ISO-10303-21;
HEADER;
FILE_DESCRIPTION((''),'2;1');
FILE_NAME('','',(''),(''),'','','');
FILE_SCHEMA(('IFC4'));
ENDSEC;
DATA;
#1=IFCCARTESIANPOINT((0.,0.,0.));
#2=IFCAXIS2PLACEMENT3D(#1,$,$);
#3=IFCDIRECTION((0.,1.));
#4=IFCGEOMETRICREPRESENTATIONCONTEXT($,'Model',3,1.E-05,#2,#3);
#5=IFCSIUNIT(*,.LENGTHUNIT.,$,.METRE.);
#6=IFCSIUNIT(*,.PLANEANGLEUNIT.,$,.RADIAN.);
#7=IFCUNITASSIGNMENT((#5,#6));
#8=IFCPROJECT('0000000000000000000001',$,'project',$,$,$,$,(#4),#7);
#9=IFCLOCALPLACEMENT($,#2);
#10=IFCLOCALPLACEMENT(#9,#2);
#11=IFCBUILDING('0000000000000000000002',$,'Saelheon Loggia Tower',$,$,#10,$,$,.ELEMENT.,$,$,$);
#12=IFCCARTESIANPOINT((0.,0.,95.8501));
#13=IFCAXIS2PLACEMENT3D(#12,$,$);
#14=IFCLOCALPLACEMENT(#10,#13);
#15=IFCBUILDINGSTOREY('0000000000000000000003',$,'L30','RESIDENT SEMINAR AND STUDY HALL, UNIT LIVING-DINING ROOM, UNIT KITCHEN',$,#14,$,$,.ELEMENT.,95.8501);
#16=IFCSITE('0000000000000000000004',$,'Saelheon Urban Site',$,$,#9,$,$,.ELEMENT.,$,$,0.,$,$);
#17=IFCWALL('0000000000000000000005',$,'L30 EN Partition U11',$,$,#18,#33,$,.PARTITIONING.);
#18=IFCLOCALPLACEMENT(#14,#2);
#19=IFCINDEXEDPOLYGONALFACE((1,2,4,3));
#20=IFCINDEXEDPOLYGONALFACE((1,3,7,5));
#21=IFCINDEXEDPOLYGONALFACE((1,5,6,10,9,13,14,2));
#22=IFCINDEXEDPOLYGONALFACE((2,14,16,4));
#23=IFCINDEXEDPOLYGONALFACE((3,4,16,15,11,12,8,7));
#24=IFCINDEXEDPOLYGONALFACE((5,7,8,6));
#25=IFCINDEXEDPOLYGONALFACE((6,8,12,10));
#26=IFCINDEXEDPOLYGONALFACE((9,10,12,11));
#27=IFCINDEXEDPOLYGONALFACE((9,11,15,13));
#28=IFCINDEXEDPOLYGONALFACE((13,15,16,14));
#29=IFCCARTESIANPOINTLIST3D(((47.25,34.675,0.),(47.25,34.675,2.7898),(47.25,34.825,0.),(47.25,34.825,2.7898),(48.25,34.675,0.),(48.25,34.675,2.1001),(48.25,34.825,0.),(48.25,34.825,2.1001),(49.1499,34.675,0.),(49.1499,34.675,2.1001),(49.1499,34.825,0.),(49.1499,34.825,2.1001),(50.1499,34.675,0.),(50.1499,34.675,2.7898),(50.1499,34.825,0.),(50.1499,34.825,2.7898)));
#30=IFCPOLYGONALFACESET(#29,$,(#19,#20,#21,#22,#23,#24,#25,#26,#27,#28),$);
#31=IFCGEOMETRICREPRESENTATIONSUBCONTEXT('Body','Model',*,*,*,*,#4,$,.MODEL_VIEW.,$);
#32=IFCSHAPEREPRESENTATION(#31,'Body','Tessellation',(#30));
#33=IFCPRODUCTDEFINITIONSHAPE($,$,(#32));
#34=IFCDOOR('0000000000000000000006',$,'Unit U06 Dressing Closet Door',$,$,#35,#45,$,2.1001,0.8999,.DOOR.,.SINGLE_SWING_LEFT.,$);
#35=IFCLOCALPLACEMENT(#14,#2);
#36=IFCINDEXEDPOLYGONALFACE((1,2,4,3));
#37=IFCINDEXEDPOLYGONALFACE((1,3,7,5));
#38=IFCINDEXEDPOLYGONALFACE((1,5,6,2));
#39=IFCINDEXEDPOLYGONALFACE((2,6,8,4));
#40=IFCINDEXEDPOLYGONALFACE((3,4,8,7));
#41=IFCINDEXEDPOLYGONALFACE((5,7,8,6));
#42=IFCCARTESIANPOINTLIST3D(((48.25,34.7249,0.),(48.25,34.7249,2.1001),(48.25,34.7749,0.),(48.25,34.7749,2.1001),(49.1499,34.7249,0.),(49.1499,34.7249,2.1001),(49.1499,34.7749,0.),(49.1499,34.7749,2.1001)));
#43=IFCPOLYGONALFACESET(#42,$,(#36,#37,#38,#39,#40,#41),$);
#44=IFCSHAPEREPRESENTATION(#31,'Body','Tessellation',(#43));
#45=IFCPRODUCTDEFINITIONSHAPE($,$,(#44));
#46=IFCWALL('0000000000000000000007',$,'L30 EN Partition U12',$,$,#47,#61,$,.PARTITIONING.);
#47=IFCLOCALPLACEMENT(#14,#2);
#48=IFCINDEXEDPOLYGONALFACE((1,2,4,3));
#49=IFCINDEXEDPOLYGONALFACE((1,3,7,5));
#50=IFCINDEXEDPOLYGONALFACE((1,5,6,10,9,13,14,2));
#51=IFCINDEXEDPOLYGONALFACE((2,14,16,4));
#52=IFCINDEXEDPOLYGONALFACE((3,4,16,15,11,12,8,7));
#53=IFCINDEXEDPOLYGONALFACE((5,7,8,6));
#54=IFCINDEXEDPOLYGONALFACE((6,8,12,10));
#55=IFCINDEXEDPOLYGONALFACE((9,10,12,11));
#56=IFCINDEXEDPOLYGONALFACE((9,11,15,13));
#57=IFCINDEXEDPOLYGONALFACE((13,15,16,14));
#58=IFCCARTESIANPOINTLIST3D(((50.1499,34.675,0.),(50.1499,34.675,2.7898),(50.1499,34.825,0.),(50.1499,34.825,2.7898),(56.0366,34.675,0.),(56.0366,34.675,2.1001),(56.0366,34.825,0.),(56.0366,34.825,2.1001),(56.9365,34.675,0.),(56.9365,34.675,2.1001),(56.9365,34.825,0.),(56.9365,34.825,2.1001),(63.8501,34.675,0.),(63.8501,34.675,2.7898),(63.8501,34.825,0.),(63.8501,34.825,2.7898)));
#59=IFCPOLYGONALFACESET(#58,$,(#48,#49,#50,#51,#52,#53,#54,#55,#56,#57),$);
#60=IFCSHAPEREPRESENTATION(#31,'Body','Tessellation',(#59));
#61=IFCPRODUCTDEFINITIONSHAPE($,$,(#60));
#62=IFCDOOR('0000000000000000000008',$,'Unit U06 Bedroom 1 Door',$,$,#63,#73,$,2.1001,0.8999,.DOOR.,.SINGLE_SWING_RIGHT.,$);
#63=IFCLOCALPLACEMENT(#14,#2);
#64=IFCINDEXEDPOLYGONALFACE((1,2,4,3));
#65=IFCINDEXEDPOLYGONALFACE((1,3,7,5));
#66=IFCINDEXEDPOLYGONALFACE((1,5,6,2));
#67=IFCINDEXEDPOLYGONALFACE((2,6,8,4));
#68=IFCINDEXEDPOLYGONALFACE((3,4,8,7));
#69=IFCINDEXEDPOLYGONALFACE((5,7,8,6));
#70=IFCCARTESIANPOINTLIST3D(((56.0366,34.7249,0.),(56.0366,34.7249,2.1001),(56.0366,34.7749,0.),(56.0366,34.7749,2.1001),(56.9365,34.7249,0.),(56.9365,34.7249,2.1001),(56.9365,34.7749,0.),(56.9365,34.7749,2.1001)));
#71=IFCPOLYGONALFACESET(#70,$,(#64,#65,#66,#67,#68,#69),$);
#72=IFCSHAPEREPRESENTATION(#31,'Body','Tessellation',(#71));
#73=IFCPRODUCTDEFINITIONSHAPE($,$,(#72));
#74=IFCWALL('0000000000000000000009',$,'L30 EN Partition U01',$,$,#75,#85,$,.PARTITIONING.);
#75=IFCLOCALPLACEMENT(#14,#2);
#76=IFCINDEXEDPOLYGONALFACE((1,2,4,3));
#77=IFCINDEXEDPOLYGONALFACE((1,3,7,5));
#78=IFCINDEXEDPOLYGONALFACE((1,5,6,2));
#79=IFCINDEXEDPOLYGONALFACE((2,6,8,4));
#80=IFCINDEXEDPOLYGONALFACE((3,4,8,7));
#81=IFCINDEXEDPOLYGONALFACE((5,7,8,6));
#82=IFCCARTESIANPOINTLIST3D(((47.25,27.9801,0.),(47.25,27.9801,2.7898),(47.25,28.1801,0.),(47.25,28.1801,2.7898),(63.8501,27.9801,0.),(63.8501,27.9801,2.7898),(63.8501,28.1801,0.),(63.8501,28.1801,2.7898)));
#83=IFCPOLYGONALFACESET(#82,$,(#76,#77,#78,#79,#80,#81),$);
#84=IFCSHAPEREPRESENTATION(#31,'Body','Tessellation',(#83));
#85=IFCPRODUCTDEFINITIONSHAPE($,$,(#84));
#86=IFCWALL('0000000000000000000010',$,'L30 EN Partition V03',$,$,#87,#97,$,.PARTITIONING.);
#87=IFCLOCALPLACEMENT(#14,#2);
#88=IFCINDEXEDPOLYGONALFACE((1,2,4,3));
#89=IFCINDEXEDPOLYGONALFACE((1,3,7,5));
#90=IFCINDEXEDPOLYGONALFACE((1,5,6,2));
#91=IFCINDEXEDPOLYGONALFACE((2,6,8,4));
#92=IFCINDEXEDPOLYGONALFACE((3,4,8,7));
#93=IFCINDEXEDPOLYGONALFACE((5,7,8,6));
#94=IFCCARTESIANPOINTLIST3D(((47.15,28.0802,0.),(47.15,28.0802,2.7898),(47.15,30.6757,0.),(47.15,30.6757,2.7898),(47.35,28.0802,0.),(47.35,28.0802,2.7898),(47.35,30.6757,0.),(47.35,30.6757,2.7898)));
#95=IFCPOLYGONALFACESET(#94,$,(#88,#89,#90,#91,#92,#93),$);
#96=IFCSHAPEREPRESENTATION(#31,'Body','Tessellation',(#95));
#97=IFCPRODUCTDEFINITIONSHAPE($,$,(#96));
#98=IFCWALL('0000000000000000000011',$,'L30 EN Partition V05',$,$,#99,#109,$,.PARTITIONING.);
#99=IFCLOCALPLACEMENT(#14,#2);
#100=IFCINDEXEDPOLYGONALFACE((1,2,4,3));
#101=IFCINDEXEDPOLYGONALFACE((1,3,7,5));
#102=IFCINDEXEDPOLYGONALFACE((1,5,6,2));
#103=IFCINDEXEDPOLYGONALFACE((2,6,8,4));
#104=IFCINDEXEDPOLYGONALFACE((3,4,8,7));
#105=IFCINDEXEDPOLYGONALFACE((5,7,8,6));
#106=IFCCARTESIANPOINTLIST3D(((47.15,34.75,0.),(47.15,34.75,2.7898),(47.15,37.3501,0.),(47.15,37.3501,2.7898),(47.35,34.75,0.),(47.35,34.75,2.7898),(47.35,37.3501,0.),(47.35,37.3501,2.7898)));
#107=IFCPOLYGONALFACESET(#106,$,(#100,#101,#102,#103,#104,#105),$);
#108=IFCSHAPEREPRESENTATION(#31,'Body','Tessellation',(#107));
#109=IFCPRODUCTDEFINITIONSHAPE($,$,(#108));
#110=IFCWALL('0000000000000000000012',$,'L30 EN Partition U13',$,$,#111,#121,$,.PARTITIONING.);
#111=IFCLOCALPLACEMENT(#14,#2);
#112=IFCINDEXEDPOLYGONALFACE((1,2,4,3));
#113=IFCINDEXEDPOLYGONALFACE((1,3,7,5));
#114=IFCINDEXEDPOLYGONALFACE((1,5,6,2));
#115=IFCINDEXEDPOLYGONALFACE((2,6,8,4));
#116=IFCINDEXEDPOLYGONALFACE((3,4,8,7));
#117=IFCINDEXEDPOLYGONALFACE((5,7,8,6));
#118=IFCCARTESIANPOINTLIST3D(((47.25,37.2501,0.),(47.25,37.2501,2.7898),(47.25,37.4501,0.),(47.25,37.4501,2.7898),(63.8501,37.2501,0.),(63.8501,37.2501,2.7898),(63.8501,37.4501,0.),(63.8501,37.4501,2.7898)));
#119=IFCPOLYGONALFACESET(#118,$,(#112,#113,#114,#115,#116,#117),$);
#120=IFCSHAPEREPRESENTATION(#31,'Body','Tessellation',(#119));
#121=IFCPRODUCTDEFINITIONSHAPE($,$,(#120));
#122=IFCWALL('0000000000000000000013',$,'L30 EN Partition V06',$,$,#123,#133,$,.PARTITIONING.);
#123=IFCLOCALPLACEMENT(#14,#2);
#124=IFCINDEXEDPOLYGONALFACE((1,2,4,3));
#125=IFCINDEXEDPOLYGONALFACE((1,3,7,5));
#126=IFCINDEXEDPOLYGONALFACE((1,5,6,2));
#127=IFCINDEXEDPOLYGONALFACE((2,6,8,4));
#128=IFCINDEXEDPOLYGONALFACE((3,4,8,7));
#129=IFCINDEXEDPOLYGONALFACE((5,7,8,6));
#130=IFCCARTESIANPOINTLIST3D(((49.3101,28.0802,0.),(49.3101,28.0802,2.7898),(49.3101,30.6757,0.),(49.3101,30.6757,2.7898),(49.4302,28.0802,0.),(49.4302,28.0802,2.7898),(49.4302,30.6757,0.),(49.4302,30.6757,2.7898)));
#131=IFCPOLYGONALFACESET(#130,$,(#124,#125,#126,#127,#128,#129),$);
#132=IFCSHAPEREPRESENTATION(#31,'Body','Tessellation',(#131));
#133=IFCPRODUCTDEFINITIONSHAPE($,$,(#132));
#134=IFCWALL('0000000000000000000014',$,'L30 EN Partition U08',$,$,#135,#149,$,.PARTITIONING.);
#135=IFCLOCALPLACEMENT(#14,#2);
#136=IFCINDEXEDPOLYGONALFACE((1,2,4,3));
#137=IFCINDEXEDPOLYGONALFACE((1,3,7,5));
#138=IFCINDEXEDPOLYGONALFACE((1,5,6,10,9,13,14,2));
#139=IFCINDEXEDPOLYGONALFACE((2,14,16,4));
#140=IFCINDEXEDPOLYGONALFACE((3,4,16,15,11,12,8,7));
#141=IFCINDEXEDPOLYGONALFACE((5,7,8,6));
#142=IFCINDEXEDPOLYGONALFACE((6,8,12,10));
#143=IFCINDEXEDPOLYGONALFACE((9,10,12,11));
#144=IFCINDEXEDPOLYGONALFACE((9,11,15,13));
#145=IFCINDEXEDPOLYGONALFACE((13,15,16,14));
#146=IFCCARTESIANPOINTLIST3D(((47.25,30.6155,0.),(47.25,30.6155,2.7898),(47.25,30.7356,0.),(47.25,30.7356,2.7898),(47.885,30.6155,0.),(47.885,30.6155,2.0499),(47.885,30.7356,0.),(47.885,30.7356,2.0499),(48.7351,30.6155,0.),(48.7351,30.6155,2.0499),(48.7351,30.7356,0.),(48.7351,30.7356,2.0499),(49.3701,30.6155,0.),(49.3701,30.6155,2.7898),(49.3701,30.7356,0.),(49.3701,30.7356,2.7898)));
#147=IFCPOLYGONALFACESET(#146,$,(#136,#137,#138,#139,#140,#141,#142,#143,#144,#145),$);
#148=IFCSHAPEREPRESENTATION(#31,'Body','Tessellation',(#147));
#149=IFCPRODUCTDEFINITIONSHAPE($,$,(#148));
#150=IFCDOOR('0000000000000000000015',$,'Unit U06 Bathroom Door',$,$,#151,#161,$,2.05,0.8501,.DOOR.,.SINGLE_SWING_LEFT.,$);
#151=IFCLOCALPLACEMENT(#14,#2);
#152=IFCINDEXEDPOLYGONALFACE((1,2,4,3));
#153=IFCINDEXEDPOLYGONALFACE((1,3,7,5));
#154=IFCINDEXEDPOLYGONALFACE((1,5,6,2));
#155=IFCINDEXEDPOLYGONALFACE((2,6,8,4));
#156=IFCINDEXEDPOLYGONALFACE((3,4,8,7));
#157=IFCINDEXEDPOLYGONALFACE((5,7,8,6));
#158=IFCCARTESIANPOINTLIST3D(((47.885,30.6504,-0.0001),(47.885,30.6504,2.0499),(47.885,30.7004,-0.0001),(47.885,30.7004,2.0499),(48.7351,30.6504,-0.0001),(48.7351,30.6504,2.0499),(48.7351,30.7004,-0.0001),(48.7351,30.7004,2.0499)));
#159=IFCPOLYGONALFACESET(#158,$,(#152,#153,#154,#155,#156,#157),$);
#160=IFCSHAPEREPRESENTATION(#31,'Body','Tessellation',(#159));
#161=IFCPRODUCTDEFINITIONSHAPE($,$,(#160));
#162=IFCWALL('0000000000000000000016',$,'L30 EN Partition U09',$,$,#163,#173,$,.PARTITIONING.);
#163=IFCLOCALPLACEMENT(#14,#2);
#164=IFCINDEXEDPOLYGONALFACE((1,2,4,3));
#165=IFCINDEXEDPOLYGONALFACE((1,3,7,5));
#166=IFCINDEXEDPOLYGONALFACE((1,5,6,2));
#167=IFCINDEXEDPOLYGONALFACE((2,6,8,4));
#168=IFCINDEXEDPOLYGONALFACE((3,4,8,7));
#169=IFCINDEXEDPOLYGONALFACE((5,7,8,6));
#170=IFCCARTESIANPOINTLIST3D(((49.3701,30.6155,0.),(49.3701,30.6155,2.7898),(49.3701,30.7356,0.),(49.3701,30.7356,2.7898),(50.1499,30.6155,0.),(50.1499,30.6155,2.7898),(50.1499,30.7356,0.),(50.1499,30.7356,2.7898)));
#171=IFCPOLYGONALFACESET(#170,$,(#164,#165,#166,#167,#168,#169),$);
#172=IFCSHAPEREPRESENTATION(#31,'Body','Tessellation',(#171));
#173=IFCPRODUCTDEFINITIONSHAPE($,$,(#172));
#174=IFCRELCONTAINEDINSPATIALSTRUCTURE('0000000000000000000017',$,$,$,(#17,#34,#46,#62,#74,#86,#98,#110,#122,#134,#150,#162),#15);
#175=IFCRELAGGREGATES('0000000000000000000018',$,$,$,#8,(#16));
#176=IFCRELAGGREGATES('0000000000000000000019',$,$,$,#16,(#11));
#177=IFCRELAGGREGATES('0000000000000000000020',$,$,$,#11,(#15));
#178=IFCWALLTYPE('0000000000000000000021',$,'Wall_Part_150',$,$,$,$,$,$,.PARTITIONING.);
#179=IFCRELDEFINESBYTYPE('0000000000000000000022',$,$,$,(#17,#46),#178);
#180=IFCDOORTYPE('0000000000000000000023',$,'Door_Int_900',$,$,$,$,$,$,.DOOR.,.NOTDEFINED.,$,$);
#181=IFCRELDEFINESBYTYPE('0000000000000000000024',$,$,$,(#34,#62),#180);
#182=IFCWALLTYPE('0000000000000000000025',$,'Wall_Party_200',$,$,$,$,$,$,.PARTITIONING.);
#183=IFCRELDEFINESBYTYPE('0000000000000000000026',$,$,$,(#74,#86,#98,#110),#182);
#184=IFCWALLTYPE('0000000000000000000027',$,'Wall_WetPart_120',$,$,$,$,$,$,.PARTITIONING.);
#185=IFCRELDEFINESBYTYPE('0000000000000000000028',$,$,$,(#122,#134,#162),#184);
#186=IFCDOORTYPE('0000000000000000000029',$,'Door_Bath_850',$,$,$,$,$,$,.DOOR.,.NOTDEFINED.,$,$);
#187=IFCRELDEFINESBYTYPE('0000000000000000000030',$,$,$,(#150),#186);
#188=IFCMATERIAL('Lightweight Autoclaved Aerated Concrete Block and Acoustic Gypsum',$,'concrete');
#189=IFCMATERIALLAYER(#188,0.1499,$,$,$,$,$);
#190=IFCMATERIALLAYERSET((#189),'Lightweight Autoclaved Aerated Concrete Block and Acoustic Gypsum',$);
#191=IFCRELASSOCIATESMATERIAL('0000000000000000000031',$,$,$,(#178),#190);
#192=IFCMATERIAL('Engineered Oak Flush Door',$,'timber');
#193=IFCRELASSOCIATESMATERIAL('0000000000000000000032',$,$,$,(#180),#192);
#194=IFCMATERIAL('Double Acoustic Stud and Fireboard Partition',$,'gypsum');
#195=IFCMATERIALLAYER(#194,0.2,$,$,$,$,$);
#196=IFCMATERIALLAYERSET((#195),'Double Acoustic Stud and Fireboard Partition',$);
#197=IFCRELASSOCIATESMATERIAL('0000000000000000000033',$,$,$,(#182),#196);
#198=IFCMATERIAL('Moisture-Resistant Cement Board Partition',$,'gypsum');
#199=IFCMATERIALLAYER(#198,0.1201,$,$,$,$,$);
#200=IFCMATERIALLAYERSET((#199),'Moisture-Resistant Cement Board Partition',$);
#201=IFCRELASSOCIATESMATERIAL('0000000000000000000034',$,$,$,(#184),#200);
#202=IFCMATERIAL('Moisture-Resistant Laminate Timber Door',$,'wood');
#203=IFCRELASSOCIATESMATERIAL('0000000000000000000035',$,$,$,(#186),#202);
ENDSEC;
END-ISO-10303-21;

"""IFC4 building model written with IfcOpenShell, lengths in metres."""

from ifc_helpers import new_model, si_unit, direction, frame, frame_2d, origin, place, context, subcontext, project, spatial, rectangle, extrude, source, transform, mapped, material, layer, layer_set, type_object, element, fill, save


model = new_model("IFC4")

# Units and contexts
model_context = context("Model", 3, precision=1e-05, world=origin(), true_north=direction((0.0, 1.0)))
body_context = subcontext(model_context, "Body", "Model", "MODEL_VIEW")
ifc_project = project(units=[si_unit("LENGTHUNIT", "METRE"), si_unit("PLANEANGLEUNIT", "RADIAN")], contexts=[model_context])

# Site, building, storey
site_placement = place(None, origin())
site = spatial("IfcSite", under=ifc_project, at=site_placement, Name="Saelheon Urban Site", CompositionType="ELEMENT", RefElevation=0.0)
building_placement = place(site_placement, origin())
building = spatial("IfcBuilding", under=site, at=building_placement, Name="Saelheon Loggia Tower", CompositionType="ELEMENT")
storey_placement = place(building_placement, frame((0.0, 0.0, 95.8501)))
storey = spatial("IfcBuildingStorey", under=building, at=storey_placement, Name="L30", Description="RESIDENT SEMINAR AND STUDY HALL, UNIT LIVING-DINING ROOM, UNIT KITCHEN", CompositionType="ELEMENT", Elevation=95.8501)

# Shared definitions
ifc_material_1 = material(Name="Lightweight Autoclaved Aerated Concrete Block and Acoustic Gypsum", Category="concrete")
ifc_layer_1 = layer(ifc_material_1, 0.1499)
ifc_layer_set_1 = layer_set([ifc_layer_1], Name="Lightweight Autoclaved Aerated Concrete Block and Acoustic Gypsum")
wall_type_1 = type_object("IfcWallType", Name="Wall_Part_150", PredefinedType="PARTITIONING", material=ifc_layer_set_1)

# Walls, openings, doors
ifc_material_2 = material(Name="Engineered Oak Flush Door", Category="timber")
door_type_1 = type_object("IfcDoorType", Name="Door_Int_900", OperationType="NOTDEFINED", PredefinedType="DOOR", material=ifc_material_2)
shared_shape_1 = source(origin(), body_context, "Body", "SweptSolid", [
    extrude(rectangle(XDim=0.8999, YDim=2.1001, at=frame_2d((0.45, 1.05))), frame((0.0, 0.0249, 0.0), z_axis=(0.0, -1.0, 0.0), x_axis=(1.0, 0.0, 0.0)), (0.0, 0.0, 1.0), 0.05),
])
wall_1_placement = place(storey_placement, frame((47.25, 34.75, 0.0), z_axis=(0.0, 0.0, 1.0), x_axis=(1.0, 0.0, 0.0)))
wall_1 = element("IfcWall", 1, at=wall_1_placement, inside=storey, type_object=wall_type_1, Name="L30 EN Partition U11", PredefinedType="PARTITIONING", context=body_context, shape_type="SweptSolid", body=[
    extrude(rectangle(XDim=2.8999, YDim=0.1499, at=frame_2d((1.45, 0.0))), origin(), (0.0, 0.0, 1.0), 2.7898),
])
opening_1_placement = place(wall_1_placement, frame((1.0, 0.0, 0.0)))
opening_1 = element("IfcOpeningElement", 2, at=opening_1_placement, cuts=wall_1, PredefinedType="OPENING", context=body_context, shape_type="SweptSolid", body=[
    extrude(rectangle(XDim=0.8999, YDim=2.1001, at=frame_2d((0.45, 1.05))), frame((0.0, 0.0869, 0.0), z_axis=(0.0, -1.0, 0.0), x_axis=(1.0, 0.0, 0.0)), (0.0, 0.0, 1.0), 0.1738),
])
door_1_placement = place(opening_1_placement, origin())
door_1 = element("IfcDoor", 3, at=door_1_placement, inside=storey, type_object=door_type_1, Name="Unit U06 Dressing Closet Door", OperationType="SINGLE_SWING_LEFT", OverallHeight=2.1001, OverallWidth=0.8999, PredefinedType="DOOR", context=body_context, shape_type="MappedRepresentation", body=[
    mapped(shared_shape_1, transform((0.0, 0.0, 0.0), scale=1.0)),
])
fill(opening_1, door_1)
wall_2_placement = place(storey_placement, frame((50.1499, 34.75, 0.0), z_axis=(0.0, 0.0, 1.0), x_axis=(1.0, 0.0, 0.0)))
wall_2 = element("IfcWall", 4, at=wall_2_placement, inside=storey, type_object=wall_type_1, Name="L30 EN Partition U12", PredefinedType="PARTITIONING", context=body_context, shape_type="SweptSolid", body=[
    extrude(rectangle(XDim=13.7002, YDim=0.1499, at=frame_2d((6.8501, 0.0))), origin(), (0.0, 0.0, 1.0), 2.7898),
])
opening_2_placement = place(wall_2_placement, frame((5.8867, 0.0, 0.0)))
opening_2 = element("IfcOpeningElement", 5, at=opening_2_placement, cuts=wall_2, PredefinedType="OPENING", context=body_context, shape_type="SweptSolid", body=[
    extrude(rectangle(XDim=0.8999, YDim=2.1001, at=frame_2d((0.45, 1.05))), frame((0.0, 0.0869, 0.0), z_axis=(0.0, -1.0, 0.0), x_axis=(1.0, 0.0, 0.0)), (0.0, 0.0, 1.0), 0.1738),
])
door_2_placement = place(opening_2_placement, origin())
door_2 = element("IfcDoor", 6, at=door_2_placement, inside=storey, type_object=door_type_1, Name="Unit U06 Bedroom 1 Door", OperationType="SINGLE_SWING_RIGHT", OverallHeight=2.1001, OverallWidth=0.8999, PredefinedType="DOOR", context=body_context, shape_type="MappedRepresentation", body=[
    mapped(shared_shape_1, transform((0.0, 0.0, 0.0), scale=1.0)),
])
fill(opening_2, door_2)

# Walls
ifc_material_3 = material(Name="Double Acoustic Stud and Fireboard Partition", Category="gypsum")
ifc_layer_2 = layer(ifc_material_3, 0.2)
ifc_layer_set_2 = layer_set([ifc_layer_2], Name="Double Acoustic Stud and Fireboard Partition")
wall_type_2 = type_object("IfcWallType", Name="Wall_Party_200", PredefinedType="PARTITIONING", material=ifc_layer_set_2)
wall_3_placement = place(storey_placement, frame((47.25, 28.0801, 0.0), z_axis=(0.0, 0.0, 1.0), x_axis=(1.0, 0.0, 0.0)))
element("IfcWall", 7, at=wall_3_placement, inside=storey, type_object=wall_type_2, Name="L30 EN Partition U01", PredefinedType="PARTITIONING", context=body_context, shape_type="SweptSolid", body=[
    extrude(rectangle(XDim=16.6001, YDim=0.2, at=frame_2d((8.3, 0.0))), origin(), (0.0, 0.0, 1.0), 2.7898),
])
wall_4_placement = place(storey_placement, frame((47.25, 28.0801, 0.0), z_axis=(0.0, 0.0, 1.0), x_axis=(0.0, 1.0, 0.0)))
element("IfcWall", 8, at=wall_4_placement, inside=storey, type_object=wall_type_2, Name="L30 EN Partition V03", PredefinedType="PARTITIONING", context=body_context, shape_type="SweptSolid", body=[
    extrude(rectangle(XDim=2.5955, YDim=0.2, at=frame_2d((1.2979, 0.0))), origin(), (0.0, 0.0, 1.0), 2.7898),
])

# Walls
wall_5_placement = place(storey_placement, frame((47.25, 34.75, 0.0), z_axis=(0.0, 0.0, 1.0), x_axis=(0.0, 1.0, 0.0)))
element("IfcWall", 9, at=wall_5_placement, inside=storey, type_object=wall_type_2, Name="L30 EN Partition V05", PredefinedType="PARTITIONING", context=body_context, shape_type="SweptSolid", body=[
    extrude(rectangle(XDim=2.6001, YDim=0.2, at=frame_2d((1.3, 0.0))), origin(), (0.0, 0.0, 1.0), 2.7898),
])
wall_6_placement = place(storey_placement, frame((47.25, 37.3501, 0.0), z_axis=(0.0, 0.0, 1.0), x_axis=(1.0, 0.0, 0.0)))
element("IfcWall", 10, at=wall_6_placement, inside=storey, type_object=wall_type_2, Name="L30 EN Partition U13", PredefinedType="PARTITIONING", context=body_context, shape_type="SweptSolid", body=[
    extrude(rectangle(XDim=16.6001, YDim=0.2, at=frame_2d((8.3, 0.0))), origin(), (0.0, 0.0, 1.0), 2.7898),
])
ifc_material_4 = material(Name="Moisture-Resistant Cement Board Partition", Category="gypsum")
ifc_layer_3 = layer(ifc_material_4, 0.1201)
ifc_layer_set_3 = layer_set([ifc_layer_3], Name="Moisture-Resistant Cement Board Partition")
wall_type_3 = type_object("IfcWallType", Name="Wall_WetPart_120", PredefinedType="PARTITIONING", material=ifc_layer_set_3)
wall_7_placement = place(storey_placement, frame((49.3701, 28.0801, 0.0), z_axis=(0.0, 0.0, 1.0), x_axis=(0.0, 1.0, 0.0)))
element("IfcWall", 11, at=wall_7_placement, inside=storey, type_object=wall_type_3, Name="L30 EN Partition V06", PredefinedType="PARTITIONING", context=body_context, shape_type="SweptSolid", body=[
    extrude(rectangle(XDim=2.5955, YDim=0.1201, at=frame_2d((1.2979, 0.0))), origin(), (0.0, 0.0, 1.0), 2.7898),
])

# Wall, opening, door
wall_8_placement = place(storey_placement, frame((47.25, 30.6755, 0.0), z_axis=(0.0, 0.0, 1.0), x_axis=(1.0, 0.0, 0.0)))
wall_8 = element("IfcWall", 12, at=wall_8_placement, inside=storey, type_object=wall_type_3, Name="L30 EN Partition U08", PredefinedType="PARTITIONING", context=body_context, shape_type="SweptSolid", body=[
    extrude(rectangle(XDim=2.1201, YDim=0.1201, at=frame_2d((1.0601, 0.0))), origin(), (0.0, 0.0, 1.0), 2.7898),
])
opening_3_placement = place(wall_8_placement, frame((0.635, 0.0, 0.0)))
opening_3 = element("IfcOpeningElement", 13, at=opening_3_placement, cuts=wall_8, PredefinedType="OPENING", context=body_context, shape_type="SweptSolid", body=[
    extrude(rectangle(XDim=0.8501, YDim=2.05, at=frame_2d((0.425, 1.0249))), frame((0.0, 0.072, 0.0), z_axis=(0.0, -1.0, 0.0), x_axis=(1.0, 0.0, 0.0)), (0.0, 0.0, 1.0), 0.144),
])
ifc_material_5 = material(Name="Moisture-Resistant Laminate Timber Door", Category="wood")
door_type_2 = type_object("IfcDoorType", Name="Door_Bath_850", OperationType="NOTDEFINED", PredefinedType="DOOR", material=ifc_material_5)
shared_shape_2 = source(origin(), body_context, "Body", "SweptSolid", [
    extrude(rectangle(XDim=0.8501, YDim=2.05, at=frame_2d((0.425, 1.0249))), frame((0.0, 0.0249, 0.0), z_axis=(0.0, -1.0, 0.0), x_axis=(1.0, 0.0, 0.0)), (0.0, 0.0, 1.0), 0.05),
])
door_3_placement = place(opening_3_placement, origin())
door_3 = element("IfcDoor", 14, at=door_3_placement, inside=storey, type_object=door_type_2, Name="Unit U06 Bathroom Door", OperationType="SINGLE_SWING_LEFT", OverallHeight=2.05, OverallWidth=0.8501, PredefinedType="DOOR", context=body_context, shape_type="MappedRepresentation", body=[
    mapped(shared_shape_2, transform((0.0, 0.0, 0.0), scale=1.0)),
])
fill(opening_3, door_3)

# Wall
wall_9_placement = place(storey_placement, frame((49.3701, 30.6755, 0.0), z_axis=(0.0, 0.0, 1.0), x_axis=(1.0, 0.0, 0.0)))
element("IfcWall", 15, at=wall_9_placement, inside=storey, type_object=wall_type_3, Name="L30 EN Partition U09", PredefinedType="PARTITIONING", context=body_context, shape_type="SweptSolid", body=[
    extrude(rectangle(XDim=0.7798, YDim=0.1201, at=frame_2d((0.3899, 0.0))), origin(), (0.0, 0.0, 1.0), 2.7898),
])

save(model, "model.ifc")
